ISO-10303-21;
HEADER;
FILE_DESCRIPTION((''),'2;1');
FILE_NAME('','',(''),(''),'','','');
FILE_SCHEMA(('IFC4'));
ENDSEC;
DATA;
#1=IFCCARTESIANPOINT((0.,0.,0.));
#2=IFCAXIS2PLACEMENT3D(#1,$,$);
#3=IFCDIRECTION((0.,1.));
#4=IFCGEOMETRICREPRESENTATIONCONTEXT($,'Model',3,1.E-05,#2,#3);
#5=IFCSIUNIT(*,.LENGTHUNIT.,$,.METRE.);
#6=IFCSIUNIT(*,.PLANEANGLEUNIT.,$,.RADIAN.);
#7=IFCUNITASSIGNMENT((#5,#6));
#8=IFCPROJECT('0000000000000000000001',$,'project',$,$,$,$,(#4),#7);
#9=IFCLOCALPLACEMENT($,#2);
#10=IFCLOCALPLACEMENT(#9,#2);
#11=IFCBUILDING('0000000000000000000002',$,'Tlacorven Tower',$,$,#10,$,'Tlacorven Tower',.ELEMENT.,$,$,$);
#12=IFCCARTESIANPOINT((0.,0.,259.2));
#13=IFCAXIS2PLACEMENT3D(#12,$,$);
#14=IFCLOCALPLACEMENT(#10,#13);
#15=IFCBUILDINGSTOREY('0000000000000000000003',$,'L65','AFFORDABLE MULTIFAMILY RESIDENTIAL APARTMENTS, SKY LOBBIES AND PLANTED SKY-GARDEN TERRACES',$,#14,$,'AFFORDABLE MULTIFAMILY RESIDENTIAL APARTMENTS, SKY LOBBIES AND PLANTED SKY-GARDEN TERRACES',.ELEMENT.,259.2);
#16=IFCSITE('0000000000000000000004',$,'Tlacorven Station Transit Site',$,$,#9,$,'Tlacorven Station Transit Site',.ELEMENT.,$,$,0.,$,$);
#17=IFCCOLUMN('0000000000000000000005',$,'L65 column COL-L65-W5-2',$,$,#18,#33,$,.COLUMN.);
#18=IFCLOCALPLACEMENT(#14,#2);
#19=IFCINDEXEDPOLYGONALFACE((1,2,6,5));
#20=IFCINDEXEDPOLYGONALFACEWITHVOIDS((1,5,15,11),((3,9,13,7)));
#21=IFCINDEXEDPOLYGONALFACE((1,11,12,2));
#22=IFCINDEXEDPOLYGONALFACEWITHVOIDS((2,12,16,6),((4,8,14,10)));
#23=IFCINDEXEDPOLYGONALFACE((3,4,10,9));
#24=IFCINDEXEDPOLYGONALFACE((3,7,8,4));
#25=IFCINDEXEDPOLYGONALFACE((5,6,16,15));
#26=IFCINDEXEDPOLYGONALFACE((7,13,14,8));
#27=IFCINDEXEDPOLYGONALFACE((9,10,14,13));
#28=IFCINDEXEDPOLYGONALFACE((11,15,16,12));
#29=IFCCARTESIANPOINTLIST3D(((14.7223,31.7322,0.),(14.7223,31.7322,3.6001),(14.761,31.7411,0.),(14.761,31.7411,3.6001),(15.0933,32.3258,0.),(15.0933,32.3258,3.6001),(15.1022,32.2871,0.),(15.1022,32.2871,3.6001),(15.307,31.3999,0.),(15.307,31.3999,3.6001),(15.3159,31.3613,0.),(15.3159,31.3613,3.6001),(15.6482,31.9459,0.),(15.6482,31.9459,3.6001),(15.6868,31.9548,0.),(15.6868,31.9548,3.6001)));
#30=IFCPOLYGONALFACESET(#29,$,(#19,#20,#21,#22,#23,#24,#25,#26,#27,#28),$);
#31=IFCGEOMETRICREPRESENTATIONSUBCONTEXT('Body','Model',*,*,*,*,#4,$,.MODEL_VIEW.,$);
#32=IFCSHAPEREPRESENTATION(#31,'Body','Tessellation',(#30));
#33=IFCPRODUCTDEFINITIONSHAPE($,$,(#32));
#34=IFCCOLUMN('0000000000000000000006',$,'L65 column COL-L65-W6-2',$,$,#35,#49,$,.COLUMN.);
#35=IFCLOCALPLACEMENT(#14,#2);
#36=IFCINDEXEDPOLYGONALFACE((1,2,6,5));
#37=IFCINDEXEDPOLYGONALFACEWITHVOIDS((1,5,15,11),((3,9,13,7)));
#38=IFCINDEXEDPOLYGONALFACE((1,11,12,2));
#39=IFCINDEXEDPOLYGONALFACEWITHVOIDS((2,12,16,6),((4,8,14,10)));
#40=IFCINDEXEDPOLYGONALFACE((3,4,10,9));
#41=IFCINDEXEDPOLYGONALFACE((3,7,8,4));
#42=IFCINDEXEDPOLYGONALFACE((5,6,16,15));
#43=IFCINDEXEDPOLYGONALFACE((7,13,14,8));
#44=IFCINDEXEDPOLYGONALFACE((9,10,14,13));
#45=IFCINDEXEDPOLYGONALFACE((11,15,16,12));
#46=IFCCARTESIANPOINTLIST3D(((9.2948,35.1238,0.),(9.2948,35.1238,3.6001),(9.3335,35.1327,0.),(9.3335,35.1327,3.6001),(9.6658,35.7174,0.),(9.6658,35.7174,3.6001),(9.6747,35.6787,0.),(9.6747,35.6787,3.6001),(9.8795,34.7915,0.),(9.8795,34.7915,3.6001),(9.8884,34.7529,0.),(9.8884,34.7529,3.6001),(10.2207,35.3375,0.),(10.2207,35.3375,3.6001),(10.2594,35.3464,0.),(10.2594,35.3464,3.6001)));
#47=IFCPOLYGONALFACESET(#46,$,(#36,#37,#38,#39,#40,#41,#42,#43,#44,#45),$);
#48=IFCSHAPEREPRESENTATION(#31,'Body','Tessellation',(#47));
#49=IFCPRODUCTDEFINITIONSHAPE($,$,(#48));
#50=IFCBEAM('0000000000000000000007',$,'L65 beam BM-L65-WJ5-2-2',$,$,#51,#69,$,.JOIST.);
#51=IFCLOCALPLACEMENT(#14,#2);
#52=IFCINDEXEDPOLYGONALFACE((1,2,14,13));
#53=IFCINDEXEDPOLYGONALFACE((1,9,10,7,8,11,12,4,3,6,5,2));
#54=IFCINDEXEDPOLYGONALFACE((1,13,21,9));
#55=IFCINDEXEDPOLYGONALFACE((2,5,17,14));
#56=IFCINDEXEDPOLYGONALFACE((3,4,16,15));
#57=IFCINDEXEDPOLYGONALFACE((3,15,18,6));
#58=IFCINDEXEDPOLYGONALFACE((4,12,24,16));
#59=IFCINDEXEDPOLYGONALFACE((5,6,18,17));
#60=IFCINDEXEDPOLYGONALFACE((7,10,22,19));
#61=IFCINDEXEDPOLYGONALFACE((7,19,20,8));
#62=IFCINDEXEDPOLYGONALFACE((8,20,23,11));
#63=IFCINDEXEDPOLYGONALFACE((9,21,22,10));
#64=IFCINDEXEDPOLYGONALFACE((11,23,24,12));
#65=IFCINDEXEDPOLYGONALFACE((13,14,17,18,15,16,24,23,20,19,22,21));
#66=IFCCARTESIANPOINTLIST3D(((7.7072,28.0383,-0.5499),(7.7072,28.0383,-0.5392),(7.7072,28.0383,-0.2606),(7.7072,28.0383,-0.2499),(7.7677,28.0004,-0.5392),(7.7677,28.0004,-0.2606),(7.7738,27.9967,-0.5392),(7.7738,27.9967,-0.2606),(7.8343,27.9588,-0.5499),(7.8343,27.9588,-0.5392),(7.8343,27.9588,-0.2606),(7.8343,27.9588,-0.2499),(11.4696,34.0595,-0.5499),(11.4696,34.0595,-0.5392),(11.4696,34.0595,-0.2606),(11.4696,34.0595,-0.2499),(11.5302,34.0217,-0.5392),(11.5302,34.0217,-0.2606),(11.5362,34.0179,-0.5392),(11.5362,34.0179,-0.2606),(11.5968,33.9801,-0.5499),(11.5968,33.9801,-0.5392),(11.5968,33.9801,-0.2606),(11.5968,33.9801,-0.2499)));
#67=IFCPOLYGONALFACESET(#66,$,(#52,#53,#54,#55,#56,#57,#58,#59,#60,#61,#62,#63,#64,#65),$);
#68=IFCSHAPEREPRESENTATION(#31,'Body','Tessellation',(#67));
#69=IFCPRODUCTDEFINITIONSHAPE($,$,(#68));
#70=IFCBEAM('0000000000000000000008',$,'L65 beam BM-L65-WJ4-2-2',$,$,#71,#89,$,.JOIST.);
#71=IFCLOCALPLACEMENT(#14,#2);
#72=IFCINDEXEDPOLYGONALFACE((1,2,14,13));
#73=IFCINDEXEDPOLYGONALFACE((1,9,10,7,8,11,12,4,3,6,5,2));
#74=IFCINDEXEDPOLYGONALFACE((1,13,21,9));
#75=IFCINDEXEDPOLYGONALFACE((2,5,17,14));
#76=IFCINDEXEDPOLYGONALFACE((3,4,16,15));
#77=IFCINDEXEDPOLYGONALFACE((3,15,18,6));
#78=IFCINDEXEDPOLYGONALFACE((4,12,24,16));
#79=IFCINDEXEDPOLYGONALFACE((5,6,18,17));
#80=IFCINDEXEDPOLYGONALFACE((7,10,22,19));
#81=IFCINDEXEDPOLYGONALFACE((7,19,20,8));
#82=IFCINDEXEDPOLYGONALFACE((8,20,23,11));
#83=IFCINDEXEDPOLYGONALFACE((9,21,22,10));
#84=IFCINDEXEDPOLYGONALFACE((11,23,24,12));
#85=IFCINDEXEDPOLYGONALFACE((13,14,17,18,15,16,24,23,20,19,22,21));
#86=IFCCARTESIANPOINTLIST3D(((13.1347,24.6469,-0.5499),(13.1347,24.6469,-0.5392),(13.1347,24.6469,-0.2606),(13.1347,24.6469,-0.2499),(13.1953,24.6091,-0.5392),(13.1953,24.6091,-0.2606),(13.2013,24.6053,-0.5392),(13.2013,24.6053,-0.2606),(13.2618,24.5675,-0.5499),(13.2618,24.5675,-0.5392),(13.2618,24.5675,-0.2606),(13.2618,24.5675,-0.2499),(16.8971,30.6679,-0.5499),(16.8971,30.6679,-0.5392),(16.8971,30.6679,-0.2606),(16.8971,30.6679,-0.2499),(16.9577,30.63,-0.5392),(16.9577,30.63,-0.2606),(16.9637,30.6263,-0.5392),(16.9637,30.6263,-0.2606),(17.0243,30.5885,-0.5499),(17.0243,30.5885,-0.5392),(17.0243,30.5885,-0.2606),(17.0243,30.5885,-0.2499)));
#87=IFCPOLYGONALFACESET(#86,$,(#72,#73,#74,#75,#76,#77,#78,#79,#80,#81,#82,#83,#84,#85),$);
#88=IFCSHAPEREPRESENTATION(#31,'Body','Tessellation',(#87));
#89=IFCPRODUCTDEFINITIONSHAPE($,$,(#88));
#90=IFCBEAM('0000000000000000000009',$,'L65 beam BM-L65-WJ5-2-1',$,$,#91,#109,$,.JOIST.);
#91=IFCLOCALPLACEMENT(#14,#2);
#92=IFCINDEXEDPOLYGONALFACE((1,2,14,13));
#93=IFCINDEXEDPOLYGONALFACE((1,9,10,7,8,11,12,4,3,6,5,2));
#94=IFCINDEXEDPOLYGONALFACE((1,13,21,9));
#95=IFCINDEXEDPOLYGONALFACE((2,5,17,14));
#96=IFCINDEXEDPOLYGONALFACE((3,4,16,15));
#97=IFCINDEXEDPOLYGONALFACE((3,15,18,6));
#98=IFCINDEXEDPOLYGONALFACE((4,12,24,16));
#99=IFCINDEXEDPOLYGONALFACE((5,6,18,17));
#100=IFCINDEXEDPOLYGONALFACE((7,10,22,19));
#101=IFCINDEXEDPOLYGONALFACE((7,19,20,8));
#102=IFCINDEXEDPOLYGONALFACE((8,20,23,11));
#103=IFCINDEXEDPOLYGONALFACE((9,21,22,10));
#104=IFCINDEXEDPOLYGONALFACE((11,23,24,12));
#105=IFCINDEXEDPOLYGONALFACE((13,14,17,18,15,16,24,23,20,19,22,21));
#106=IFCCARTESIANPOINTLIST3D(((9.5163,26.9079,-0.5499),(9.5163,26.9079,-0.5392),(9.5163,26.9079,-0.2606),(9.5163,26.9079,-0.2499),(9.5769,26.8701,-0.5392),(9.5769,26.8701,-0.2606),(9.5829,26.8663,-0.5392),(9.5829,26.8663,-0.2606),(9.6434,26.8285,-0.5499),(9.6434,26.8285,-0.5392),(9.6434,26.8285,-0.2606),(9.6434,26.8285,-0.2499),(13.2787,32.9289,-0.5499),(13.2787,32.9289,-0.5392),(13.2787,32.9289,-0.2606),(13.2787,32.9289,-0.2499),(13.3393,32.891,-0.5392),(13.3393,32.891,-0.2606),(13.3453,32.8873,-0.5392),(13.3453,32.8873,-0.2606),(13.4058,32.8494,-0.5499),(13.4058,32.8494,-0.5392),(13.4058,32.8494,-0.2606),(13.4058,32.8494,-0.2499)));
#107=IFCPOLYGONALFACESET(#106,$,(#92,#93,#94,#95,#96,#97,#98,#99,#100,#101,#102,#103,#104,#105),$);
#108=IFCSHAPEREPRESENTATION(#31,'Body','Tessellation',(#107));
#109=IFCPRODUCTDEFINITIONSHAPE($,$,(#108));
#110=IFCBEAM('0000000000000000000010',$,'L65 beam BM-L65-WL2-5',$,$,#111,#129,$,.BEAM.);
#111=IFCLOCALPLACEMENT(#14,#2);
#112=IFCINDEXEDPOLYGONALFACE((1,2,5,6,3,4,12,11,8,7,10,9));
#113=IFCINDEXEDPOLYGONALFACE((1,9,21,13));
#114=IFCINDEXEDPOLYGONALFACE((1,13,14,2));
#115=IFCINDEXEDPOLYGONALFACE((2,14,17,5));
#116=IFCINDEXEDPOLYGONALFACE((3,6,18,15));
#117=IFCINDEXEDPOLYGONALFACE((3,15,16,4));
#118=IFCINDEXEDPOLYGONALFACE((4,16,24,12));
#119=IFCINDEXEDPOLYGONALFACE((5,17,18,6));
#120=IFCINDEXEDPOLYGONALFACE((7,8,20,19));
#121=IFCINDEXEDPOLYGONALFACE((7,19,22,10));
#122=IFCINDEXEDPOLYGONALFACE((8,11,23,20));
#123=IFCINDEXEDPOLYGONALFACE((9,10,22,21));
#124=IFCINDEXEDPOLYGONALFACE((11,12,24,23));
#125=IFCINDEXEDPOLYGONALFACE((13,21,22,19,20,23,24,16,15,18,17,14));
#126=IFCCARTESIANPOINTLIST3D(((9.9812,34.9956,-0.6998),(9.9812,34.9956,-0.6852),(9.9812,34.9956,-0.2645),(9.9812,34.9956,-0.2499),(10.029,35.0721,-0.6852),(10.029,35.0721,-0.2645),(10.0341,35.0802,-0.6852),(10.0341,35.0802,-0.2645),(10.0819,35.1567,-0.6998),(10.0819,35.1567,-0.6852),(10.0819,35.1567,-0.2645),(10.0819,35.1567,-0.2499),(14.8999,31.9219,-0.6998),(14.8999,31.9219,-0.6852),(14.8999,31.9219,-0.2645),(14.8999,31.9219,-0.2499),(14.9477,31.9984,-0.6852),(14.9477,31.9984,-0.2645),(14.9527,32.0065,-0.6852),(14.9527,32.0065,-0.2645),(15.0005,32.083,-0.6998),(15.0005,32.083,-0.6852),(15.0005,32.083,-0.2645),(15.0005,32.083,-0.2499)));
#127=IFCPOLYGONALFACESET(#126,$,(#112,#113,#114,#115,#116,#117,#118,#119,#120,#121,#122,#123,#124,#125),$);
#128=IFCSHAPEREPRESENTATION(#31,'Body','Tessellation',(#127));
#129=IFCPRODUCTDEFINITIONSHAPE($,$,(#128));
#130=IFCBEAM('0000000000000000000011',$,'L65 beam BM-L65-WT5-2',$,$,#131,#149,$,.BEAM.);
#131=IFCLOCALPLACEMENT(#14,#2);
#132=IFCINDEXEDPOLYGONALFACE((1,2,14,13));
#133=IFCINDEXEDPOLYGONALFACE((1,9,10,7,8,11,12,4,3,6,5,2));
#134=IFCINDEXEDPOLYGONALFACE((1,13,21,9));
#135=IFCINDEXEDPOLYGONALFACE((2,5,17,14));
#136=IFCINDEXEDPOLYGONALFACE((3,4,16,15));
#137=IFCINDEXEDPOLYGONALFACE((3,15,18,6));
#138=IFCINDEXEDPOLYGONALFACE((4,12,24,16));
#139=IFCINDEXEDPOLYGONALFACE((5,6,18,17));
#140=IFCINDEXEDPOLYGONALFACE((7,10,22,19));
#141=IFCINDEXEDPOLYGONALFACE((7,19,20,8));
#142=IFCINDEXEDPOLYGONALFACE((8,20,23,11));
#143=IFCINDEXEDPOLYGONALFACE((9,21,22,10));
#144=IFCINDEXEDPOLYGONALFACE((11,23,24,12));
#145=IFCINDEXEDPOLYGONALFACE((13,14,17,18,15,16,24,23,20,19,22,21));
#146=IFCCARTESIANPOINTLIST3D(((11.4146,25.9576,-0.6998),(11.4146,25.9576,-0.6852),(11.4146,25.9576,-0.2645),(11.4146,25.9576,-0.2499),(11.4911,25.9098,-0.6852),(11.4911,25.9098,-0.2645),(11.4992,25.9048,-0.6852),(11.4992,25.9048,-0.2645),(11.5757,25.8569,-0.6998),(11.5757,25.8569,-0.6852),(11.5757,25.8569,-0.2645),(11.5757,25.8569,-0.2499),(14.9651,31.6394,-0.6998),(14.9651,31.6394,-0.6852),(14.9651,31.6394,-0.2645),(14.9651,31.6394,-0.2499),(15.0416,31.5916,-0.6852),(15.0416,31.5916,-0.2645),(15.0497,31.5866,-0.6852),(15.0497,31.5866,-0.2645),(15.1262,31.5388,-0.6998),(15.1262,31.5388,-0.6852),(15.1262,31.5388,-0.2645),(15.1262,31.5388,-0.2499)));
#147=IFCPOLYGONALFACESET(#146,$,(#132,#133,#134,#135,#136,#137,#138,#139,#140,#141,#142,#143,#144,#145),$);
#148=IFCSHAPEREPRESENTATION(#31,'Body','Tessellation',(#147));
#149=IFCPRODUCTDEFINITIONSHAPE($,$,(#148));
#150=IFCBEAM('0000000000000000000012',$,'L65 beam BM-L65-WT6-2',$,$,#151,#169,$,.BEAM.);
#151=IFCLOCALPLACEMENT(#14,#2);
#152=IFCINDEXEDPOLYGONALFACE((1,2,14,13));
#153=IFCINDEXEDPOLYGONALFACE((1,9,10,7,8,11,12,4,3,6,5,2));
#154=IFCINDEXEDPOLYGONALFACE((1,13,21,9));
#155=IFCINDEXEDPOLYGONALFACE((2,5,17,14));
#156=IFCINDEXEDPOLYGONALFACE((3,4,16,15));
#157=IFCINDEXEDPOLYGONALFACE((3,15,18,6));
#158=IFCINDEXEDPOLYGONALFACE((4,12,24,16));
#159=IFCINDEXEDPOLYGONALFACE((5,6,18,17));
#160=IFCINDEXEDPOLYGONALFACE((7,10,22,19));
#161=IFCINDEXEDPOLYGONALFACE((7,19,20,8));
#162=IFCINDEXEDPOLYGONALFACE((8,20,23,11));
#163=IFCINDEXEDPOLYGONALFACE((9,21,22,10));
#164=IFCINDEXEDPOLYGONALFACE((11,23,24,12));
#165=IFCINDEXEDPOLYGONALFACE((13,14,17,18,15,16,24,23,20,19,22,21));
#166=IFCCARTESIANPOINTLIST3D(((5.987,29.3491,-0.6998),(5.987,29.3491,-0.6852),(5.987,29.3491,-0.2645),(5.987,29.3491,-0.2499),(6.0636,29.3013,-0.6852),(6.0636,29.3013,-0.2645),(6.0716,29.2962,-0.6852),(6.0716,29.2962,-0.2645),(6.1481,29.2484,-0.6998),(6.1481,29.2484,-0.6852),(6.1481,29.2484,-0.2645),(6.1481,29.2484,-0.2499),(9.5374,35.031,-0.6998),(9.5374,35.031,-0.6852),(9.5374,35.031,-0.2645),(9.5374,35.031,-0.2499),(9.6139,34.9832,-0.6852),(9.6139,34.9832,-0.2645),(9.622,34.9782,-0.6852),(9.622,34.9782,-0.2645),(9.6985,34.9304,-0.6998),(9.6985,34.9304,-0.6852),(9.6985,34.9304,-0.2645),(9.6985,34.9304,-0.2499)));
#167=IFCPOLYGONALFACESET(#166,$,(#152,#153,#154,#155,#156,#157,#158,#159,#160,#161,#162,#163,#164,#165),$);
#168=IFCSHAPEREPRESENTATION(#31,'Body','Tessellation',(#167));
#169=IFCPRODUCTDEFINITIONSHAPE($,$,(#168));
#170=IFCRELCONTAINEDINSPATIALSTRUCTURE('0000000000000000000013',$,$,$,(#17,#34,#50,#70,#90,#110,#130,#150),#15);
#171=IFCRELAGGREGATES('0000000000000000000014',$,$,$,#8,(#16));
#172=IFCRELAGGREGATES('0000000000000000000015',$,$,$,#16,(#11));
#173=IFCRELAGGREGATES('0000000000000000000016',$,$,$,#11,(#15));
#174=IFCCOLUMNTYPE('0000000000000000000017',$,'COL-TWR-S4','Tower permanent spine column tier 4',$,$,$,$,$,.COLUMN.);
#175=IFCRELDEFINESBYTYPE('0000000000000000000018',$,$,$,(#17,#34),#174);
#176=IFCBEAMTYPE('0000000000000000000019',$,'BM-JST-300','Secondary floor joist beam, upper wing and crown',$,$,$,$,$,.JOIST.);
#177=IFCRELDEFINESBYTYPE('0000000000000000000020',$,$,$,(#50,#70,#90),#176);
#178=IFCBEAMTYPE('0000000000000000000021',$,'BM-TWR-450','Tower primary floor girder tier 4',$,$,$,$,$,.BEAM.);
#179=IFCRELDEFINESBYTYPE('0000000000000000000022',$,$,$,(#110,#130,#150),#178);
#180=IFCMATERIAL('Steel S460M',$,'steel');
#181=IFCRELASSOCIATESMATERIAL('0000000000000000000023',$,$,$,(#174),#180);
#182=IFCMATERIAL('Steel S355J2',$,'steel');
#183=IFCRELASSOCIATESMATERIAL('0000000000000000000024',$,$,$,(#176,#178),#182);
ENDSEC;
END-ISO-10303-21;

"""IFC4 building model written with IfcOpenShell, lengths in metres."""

from ifc_helpers import new_model, si_unit, direction, frame, origin, origin_2d, place, context, subcontext, project, spatial, hollow_rectangle, i_section, extrude, source, transform, mapped, material, material_profile, profile_set, type_object, element, save


model = new_model("IFC4")

# Units and contexts
model_context = context("Model", 3, precision=1e-05, world=origin(), true_north=direction((0.0, 1.0)))
body_context = subcontext(model_context, "Body", "Model", "MODEL_VIEW")
ifc_project = project(units=[si_unit("LENGTHUNIT", "METRE"), si_unit("PLANEANGLEUNIT", "RADIAN")], contexts=[model_context])

# Site, building, storey
site_placement = place(None, origin())
site = spatial("IfcSite", under=ifc_project, at=site_placement, Name="Tlacorven Station Transit Site", LongName="Tlacorven Station Transit Site", CompositionType="ELEMENT", RefElevation=0.0)
building_placement = place(site_placement, origin())
building = spatial("IfcBuilding", under=site, at=building_placement, Name="Tlacorven Tower", LongName="Tlacorven Tower", CompositionType="ELEMENT")
storey_placement = place(building_placement, frame((0.0, 0.0, 259.2)))
storey = spatial("IfcBuildingStorey", under=building, at=storey_placement, Name="L65", Description="AFFORDABLE MULTIFAMILY RESIDENTIAL APARTMENTS, SKY LOBBIES AND PLANTED SKY-GARDEN TERRACES", LongName="AFFORDABLE MULTIFAMILY RESIDENTIAL APARTMENTS, SKY LOBBIES AND PLANTED SKY-GARDEN TERRACES", CompositionType="ELEMENT", Elevation=259.2)

# Columns
ifc_material_1 = material(Name="Steel S460M", Category="steel")
ifc_material_profile_1 = material_profile(ifc_material_1, hollow_rectangle(XDim=0.7, YDim=0.7, WallThickness=0.0281, at=origin_2d()), Name="BOX 700X700X28")
ifc_profile_set_1 = profile_set([ifc_material_profile_1], Name="Steel S460M")
column_type = type_object("IfcColumnType", Name="COL-TWR-S4", Description="Tower permanent spine column tier 4", PredefinedType="COLUMN", material=ifc_profile_set_1)
shared_shape_1 = source(origin(), body_context, "Body", "SweptSolid", [
    extrude(hollow_rectangle(XDim=0.7, YDim=0.7, WallThickness=0.0281, at=origin_2d()), origin(), (0.0, 0.0, 1.0), 3.6001),
])
for number, where, z_axis, x_axis, name in (
    (1, (15.2046, 31.8435, 0.0), (0.0, 0.0, 1.0), (-0.848048, 0.529919, 0.0), "L65 column COL-L65-W5-2"),
    (2, (9.7771, 35.2351, 0.0), (0.0, 0.0, 1.0), (-0.848048, 0.529919, 0.0), "L65 column COL-L65-W6-2"),
):
    element("IfcColumn", number, at=place(storey_placement, frame(where, z_axis=z_axis, x_axis=x_axis)), inside=storey, type_object=column_type, Name=name, PredefinedType="COLUMN", context=body_context, shape_type="MappedRepresentation", body=[
        mapped(shared_shape_1, transform((0.0, 0.0, 0.0), scale=1.0)),
    ])

# Beams
ifc_material_2 = material(Name="Steel S355J2", Category="steel")
ifc_material_profile_2 = material_profile(ifc_material_2, i_section(OverallWidth=0.1499, OverallDepth=0.3, WebThickness=0.0071, FlangeThickness=0.0107, at=origin_2d()), Name="IPE 300")
ifc_profile_set_2 = profile_set([ifc_material_profile_2], Name="Steel S355J2")
beam_type_1 = type_object("IfcBeamType", Name="BM-JST-300", Description="Secondary floor joist beam, upper wing and crown", PredefinedType="JOIST", material=ifc_profile_set_2)
shared_shape_2 = source(origin(), body_context, "Body", "SweptSolid", [
    extrude(i_section(OverallWidth=0.1499, OverallDepth=0.3, WebThickness=0.0071, FlangeThickness=0.0107, at=origin_2d()), origin(), (0.0, 0.0, 1.0), 7.1001),
])
beam_1_placement = place(storey_placement, frame((11.5332, 34.0198, -0.3999), z_axis=(-0.529915, -0.84805, 0.0), x_axis=(0.84805, -0.529915, 0.0)))
element("IfcBeam", 3, at=beam_1_placement, inside=storey, type_object=beam_type_1, Name="L65 beam BM-L65-WJ5-2-2", PredefinedType="JOIST", context=body_context, shape_type="MappedRepresentation", body=[
    mapped(shared_shape_2, transform((0.0, 0.0, 0.0), scale=1.0)),
])
shared_shape_3 = source(origin(), body_context, "Body", "SweptSolid", [
    extrude(i_section(OverallWidth=0.1499, OverallDepth=0.3, WebThickness=0.0071, FlangeThickness=0.0107, at=origin_2d()), origin(), (0.0, 0.0, 1.0), 7.0999),
])
for number, where, z_axis, x_axis, name in (
    (4, (16.9607, 30.6282, -0.3999), (-0.529931, -0.848041, 0.0), (0.848041, -0.529931, 0.0), "L65 beam BM-L65-WJ4-2-2"),
    (5, (13.3423, 32.8892, -0.3999), (-0.529931, -0.848041, 0.0), (0.848041, -0.529931, 0.0), "L65 beam BM-L65-WJ5-2-1"),
):
    element("IfcBeam", number, at=place(storey_placement, frame(where, z_axis=z_axis, x_axis=x_axis)), inside=storey, type_object=beam_type_1, Name=name, PredefinedType="JOIST", context=body_context, shape_type="MappedRepresentation", body=[
        mapped(shared_shape_3, transform((0.0, 0.0, 0.0), scale=1.0)),
    ])
ifc_material_profile_3 = material_profile(ifc_material_2, i_section(OverallWidth=0.1899, OverallDepth=0.45, WebThickness=0.0095, FlangeThickness=0.0146, at=origin_2d()), Name="IPE 450")
ifc_profile_set_3 = profile_set([ifc_material_profile_3], Name="Steel S355J2")
beam_type_2 = type_object("IfcBeamType", Name="BM-TWR-450", Description="Tower primary floor girder tier 4", PredefinedType="BEAM", material=ifc_profile_set_3)
shared_shape_4 = source(origin(), body_context, "Body", "SweptSolid", [
    extrude(i_section(OverallWidth=0.1899, OverallDepth=0.45, WebThickness=0.0095, FlangeThickness=0.0146, at=origin_2d()), origin(), (0.0, 0.0, 1.0), 5.8),
])
beam_2_placement = place(storey_placement, frame((14.9502, 32.0024, -0.4749), z_axis=(-0.848034, 0.529942, 0.0), x_axis=(-0.529942, -0.848034, 0.0)))
element("IfcBeam", 6, at=beam_2_placement, inside=storey, type_object=beam_type_2, Name="L65 beam BM-L65-WL2-5", PredefinedType="BEAM", context=body_context, shape_type="MappedRepresentation", body=[
    mapped(shared_shape_4, transform((0.0, 0.0, 0.0), scale=1.0)),
])
shared_shape_5 = source(origin(), body_context, "Body", "SweptSolid", [
    extrude(i_section(OverallWidth=0.1899, OverallDepth=0.45, WebThickness=0.0095, FlangeThickness=0.0146, at=origin_2d()), origin(), (0.0, 0.0, 1.0), 6.7),
])
for number, where, z_axis, x_axis, name in (
    (7, (15.0457, 31.5891, -0.4749), (-0.52993, -0.848041, 0.0), (0.848041, -0.52993, 0.0), "L65 beam BM-L65-WT5-2"),
    (8, (9.6179, 34.9807, -0.4749), (-0.529904, -0.848058, 0.0), (0.848058, -0.529904, 0.0), "L65 beam BM-L65-WT6-2"),
):
    element("IfcBeam", number, at=place(storey_placement, frame(where, z_axis=z_axis, x_axis=x_axis)), inside=storey, type_object=beam_type_2, Name=name, PredefinedType="BEAM", context=body_context, shape_type="MappedRepresentation", body=[
        mapped(shared_shape_5, transform((0.0, 0.0, 0.0), scale=1.0)),
    ])

save(model, "model.ifc")
